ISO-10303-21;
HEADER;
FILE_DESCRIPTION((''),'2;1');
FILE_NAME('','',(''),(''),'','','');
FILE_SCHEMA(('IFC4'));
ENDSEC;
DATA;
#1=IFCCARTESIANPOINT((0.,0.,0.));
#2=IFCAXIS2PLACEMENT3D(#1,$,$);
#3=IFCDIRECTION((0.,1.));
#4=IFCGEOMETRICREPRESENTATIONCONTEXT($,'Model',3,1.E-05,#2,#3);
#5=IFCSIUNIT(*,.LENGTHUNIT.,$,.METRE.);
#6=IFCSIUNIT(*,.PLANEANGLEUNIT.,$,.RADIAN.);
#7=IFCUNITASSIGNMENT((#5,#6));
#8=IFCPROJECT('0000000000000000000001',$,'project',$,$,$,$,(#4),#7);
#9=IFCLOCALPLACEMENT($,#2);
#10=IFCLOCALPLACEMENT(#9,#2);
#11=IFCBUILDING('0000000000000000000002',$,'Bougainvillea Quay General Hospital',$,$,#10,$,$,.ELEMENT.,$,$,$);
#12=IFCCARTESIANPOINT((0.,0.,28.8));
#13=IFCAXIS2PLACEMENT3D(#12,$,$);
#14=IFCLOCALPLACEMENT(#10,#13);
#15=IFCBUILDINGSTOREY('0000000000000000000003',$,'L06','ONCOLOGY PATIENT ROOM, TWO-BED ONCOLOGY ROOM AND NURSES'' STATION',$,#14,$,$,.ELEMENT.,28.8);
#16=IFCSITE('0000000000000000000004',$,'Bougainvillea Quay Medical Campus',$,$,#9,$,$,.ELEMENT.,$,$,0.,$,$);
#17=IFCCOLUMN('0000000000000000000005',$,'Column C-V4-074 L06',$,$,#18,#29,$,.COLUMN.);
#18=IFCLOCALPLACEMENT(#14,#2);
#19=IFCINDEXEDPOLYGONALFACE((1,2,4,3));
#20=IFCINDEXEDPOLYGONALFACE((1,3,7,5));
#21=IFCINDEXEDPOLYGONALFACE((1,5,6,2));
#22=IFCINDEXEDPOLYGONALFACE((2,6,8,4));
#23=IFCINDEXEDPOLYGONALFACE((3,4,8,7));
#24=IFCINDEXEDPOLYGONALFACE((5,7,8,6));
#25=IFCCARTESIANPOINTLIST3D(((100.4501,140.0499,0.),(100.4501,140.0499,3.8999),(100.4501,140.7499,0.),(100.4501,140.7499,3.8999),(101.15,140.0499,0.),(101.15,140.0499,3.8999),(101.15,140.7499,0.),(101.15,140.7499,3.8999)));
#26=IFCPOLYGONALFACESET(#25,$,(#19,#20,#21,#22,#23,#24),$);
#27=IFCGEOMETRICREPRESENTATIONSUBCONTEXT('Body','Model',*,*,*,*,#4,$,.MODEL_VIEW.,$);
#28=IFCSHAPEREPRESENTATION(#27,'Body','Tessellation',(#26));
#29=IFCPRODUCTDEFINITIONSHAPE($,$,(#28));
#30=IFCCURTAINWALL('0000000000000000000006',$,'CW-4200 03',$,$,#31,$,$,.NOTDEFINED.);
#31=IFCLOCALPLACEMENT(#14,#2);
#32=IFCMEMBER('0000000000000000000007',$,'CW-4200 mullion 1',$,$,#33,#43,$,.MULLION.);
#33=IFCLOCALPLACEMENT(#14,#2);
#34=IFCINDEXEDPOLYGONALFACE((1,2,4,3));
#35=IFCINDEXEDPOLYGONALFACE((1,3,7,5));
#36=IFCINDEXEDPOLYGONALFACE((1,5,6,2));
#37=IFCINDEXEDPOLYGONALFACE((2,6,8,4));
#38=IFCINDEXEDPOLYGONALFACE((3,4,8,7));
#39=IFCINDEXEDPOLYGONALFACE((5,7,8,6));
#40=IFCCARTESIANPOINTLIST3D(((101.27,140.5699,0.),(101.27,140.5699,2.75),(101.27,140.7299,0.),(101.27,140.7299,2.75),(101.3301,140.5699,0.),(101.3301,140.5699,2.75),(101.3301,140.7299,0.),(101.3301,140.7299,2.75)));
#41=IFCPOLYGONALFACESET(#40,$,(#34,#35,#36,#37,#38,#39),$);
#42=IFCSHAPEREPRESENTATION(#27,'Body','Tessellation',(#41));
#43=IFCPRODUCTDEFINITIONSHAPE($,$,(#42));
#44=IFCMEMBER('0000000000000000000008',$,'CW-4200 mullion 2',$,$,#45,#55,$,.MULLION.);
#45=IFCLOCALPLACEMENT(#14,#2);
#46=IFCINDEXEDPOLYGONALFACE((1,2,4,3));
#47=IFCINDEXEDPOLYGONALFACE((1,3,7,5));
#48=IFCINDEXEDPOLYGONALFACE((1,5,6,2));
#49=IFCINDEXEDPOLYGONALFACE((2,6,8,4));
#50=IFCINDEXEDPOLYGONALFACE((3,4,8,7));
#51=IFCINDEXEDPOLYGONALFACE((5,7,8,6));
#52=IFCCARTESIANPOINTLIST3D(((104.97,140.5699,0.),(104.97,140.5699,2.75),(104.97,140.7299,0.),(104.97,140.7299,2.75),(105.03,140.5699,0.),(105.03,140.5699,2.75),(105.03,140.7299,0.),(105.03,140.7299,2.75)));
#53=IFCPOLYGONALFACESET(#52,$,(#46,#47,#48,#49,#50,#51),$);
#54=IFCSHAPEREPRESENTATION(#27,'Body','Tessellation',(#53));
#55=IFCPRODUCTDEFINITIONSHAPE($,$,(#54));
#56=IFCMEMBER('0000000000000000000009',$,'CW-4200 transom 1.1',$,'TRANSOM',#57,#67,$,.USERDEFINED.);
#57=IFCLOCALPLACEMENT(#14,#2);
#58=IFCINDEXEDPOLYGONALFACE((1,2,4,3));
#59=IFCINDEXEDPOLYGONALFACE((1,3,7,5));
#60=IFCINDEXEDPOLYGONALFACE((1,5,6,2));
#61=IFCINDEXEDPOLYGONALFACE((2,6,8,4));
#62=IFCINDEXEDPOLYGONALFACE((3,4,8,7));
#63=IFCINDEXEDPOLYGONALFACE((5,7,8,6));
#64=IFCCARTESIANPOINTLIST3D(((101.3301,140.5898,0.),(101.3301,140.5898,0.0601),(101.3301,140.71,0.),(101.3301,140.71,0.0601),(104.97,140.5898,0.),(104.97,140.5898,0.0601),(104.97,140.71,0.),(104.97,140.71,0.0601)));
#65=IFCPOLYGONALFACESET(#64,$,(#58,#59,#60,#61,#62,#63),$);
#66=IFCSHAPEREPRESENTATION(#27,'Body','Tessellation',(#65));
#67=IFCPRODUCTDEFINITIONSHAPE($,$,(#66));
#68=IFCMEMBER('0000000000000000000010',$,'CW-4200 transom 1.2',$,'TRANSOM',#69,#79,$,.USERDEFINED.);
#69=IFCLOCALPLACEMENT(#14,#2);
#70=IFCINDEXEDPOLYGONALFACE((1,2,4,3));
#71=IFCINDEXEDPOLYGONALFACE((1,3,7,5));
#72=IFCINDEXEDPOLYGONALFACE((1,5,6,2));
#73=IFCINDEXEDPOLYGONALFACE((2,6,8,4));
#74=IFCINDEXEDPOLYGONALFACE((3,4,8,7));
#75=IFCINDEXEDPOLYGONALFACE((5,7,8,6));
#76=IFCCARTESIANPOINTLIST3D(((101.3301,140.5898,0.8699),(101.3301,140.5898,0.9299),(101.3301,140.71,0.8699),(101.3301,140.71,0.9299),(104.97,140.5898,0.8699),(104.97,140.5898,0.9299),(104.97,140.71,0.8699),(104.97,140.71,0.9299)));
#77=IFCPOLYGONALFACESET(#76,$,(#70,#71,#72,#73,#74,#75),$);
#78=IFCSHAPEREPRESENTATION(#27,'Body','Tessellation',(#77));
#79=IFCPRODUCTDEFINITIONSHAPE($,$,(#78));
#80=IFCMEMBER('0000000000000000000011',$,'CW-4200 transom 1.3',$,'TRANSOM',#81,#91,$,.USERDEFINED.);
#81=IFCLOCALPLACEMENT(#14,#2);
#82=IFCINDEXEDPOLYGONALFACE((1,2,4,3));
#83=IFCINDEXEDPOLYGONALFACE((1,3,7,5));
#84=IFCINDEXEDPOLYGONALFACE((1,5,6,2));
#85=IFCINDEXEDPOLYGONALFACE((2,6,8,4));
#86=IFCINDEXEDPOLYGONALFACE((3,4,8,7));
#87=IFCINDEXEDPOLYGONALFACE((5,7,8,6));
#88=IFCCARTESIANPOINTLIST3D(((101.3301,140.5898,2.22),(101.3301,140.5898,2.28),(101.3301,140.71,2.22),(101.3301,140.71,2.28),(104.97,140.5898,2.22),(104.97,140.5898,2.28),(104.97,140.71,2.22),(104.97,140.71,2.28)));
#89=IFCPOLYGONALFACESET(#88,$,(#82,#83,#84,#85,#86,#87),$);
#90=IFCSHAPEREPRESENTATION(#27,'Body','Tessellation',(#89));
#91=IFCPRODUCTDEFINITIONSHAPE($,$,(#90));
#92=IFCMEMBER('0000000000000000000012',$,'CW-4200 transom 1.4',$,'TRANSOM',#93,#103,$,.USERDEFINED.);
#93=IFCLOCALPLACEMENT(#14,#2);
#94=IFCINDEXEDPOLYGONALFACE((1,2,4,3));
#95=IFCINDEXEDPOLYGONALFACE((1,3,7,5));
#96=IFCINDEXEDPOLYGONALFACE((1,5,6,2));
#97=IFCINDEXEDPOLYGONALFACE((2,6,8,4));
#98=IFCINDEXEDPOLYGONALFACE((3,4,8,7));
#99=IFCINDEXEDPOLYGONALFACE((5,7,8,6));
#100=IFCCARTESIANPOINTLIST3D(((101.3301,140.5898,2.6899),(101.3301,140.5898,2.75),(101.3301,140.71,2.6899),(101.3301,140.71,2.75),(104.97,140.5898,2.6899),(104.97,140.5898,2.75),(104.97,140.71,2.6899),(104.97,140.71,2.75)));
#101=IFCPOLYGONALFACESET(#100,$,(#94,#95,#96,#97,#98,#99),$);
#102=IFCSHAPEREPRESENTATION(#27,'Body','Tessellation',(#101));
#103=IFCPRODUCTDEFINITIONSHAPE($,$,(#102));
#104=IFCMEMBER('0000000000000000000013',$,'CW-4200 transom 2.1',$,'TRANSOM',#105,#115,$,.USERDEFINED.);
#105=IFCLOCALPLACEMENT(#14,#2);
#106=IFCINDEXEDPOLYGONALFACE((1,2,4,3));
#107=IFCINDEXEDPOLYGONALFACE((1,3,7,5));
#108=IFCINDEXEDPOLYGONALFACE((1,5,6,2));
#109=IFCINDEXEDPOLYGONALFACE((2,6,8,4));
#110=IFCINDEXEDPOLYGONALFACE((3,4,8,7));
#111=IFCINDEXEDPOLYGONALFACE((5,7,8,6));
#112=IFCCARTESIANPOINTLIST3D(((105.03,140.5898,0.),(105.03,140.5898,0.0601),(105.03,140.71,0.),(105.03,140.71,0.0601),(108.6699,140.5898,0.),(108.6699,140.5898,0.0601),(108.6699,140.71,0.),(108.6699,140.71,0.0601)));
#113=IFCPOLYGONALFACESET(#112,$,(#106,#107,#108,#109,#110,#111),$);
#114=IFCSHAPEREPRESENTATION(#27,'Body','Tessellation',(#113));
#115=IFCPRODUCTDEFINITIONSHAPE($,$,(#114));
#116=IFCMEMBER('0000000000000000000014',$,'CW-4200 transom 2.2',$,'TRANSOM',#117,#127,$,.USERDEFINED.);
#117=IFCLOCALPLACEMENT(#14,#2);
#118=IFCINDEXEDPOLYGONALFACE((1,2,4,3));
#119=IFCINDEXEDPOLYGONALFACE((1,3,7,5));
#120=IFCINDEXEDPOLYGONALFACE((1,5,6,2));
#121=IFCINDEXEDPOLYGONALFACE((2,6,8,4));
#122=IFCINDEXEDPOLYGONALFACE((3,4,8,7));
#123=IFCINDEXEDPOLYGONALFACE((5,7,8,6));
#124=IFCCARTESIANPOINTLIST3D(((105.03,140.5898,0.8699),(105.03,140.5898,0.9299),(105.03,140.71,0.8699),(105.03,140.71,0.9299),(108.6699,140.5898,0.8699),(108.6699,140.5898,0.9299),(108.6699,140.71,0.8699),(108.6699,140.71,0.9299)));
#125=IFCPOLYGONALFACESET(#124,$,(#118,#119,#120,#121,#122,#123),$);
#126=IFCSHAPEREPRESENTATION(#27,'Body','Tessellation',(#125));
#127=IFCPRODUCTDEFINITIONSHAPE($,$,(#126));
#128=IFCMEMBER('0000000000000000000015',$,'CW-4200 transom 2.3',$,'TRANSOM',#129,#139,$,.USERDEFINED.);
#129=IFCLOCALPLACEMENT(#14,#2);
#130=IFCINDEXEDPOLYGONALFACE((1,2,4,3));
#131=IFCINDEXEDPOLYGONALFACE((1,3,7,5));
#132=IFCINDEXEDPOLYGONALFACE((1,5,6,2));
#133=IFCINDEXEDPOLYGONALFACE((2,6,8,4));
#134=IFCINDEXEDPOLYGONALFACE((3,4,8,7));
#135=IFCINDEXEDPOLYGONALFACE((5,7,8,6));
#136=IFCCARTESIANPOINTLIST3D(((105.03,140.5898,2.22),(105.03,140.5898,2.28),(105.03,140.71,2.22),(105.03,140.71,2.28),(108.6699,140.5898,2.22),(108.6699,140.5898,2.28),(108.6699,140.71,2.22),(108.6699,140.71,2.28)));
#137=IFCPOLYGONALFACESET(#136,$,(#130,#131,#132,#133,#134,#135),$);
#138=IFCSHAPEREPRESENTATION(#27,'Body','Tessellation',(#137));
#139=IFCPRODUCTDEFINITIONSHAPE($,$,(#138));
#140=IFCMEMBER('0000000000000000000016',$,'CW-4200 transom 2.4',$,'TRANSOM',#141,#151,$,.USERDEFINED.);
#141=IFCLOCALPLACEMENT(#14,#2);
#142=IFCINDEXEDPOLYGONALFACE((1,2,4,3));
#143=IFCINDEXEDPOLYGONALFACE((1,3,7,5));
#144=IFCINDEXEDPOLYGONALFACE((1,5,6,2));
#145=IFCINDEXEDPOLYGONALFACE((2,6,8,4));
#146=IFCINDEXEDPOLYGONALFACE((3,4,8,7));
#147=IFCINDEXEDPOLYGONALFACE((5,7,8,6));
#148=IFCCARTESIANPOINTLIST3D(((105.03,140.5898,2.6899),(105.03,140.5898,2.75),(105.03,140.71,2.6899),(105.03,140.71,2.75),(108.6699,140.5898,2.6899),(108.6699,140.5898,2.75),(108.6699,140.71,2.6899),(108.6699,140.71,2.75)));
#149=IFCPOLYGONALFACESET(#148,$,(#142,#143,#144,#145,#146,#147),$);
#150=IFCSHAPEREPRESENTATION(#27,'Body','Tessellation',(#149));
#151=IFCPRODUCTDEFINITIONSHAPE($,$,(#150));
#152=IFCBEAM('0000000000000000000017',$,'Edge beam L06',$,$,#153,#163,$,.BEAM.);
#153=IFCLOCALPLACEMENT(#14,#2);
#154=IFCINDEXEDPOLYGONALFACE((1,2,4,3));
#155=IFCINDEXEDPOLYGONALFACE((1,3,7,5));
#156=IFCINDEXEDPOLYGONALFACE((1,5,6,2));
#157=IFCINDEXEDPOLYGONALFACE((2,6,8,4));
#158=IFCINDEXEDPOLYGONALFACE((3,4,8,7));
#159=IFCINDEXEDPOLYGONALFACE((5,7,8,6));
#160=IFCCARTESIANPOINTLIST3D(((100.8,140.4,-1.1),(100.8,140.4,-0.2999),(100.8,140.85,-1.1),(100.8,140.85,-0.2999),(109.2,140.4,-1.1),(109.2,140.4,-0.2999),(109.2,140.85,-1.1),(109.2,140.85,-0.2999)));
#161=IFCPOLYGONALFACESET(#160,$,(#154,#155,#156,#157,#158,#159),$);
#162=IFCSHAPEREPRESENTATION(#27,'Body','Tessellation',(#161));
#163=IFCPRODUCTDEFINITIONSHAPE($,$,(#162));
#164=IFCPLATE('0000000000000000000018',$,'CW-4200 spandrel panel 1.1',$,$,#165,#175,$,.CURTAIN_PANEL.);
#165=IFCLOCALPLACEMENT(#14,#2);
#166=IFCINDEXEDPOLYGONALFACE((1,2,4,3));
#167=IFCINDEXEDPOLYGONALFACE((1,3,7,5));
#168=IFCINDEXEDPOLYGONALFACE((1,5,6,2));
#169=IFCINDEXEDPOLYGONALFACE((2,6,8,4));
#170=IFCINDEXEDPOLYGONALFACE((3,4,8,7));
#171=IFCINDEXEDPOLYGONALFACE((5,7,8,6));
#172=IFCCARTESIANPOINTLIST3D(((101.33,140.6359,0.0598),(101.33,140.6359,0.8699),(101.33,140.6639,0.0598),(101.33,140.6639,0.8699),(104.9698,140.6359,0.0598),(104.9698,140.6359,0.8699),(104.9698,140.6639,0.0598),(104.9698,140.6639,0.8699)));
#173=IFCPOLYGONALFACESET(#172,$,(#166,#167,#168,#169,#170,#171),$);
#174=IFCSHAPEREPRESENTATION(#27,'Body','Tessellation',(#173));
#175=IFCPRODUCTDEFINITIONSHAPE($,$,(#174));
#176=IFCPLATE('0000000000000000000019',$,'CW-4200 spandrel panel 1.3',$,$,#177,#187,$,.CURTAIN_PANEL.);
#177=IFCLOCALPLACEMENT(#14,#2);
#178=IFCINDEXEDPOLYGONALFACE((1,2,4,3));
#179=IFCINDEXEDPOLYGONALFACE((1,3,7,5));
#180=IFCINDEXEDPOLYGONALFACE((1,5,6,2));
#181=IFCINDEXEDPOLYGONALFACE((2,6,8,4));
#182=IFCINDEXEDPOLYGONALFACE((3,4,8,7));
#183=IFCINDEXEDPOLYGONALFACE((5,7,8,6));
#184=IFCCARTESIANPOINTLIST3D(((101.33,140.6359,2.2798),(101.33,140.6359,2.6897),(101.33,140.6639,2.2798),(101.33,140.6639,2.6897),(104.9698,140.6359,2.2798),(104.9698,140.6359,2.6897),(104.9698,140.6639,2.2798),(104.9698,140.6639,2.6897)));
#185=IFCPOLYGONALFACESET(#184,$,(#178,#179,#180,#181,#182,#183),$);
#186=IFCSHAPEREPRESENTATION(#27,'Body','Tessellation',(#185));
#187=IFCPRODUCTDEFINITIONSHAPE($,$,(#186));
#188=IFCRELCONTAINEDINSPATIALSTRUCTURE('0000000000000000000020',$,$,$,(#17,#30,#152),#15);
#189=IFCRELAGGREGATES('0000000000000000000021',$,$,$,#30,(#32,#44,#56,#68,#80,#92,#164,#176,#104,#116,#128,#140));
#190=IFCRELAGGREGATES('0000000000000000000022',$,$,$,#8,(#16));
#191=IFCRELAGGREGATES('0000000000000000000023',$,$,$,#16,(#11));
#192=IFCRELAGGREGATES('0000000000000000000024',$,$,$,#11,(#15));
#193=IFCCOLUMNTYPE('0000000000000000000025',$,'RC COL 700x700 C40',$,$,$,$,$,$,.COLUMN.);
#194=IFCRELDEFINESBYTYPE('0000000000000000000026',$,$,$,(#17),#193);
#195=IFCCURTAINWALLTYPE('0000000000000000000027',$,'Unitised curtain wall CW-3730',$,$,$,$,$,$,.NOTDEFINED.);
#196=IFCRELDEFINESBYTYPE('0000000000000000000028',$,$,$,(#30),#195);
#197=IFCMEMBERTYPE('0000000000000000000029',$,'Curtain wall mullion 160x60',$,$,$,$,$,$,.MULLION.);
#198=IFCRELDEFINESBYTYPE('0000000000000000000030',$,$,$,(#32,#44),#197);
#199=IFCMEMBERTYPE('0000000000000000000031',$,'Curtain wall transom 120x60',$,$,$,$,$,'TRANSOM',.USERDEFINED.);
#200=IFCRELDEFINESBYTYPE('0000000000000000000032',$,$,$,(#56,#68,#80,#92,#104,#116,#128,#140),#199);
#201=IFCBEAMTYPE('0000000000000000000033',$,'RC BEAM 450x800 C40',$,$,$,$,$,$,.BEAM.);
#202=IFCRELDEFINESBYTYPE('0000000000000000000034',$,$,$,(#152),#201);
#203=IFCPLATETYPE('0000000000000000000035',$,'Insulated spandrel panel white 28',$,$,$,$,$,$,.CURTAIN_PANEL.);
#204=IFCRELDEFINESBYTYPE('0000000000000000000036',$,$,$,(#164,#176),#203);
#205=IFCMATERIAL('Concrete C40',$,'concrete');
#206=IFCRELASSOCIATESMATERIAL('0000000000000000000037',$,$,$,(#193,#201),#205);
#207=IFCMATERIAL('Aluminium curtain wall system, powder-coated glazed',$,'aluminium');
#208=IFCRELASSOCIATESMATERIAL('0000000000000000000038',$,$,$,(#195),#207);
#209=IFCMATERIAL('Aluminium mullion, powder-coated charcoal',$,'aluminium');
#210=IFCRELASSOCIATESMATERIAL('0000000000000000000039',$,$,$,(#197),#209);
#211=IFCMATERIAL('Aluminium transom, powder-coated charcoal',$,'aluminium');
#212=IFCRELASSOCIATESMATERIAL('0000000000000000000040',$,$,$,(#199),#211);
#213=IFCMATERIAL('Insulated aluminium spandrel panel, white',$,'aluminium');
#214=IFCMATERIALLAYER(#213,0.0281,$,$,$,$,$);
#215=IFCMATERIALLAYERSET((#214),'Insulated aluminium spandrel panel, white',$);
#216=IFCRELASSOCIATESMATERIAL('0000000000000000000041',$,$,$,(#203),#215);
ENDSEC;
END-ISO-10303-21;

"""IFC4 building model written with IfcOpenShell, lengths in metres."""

from ifc_helpers import new_model, si_unit, direction, frame, origin, origin_2d, place, context, subcontext, project, spatial, rectangle, extrude, material, layer, layer_set, material_profile, profile_set, type_object, element, aggregate, save


model = new_model("IFC4")

# Units and contexts
model_context = context("Model", 3, precision=1e-05, world=origin(), true_north=direction((0.0, 1.0)))
body_context = subcontext(model_context, "Body", "Model", "MODEL_VIEW")
ifc_project = project(units=[si_unit("LENGTHUNIT", "METRE"), si_unit("PLANEANGLEUNIT", "RADIAN")], contexts=[model_context])

# Site, building, storey
site_placement = place(None, origin())
site = spatial("IfcSite", under=ifc_project, at=site_placement, Name="Bougainvillea Quay Medical Campus", CompositionType="ELEMENT", RefElevation=0.0)
building_placement = place(site_placement, origin())
building = spatial("IfcBuilding", under=site, at=building_placement, Name="Bougainvillea Quay General Hospital", CompositionType="ELEMENT")
storey_placement = place(building_placement, frame((0.0, 0.0, 28.8)))
storey = spatial("IfcBuildingStorey", under=building, at=storey_placement, Name="L06", Description="ONCOLOGY PATIENT ROOM, TWO-BED ONCOLOGY ROOM AND NURSES' STATION", CompositionType="ELEMENT", Elevation=28.8)

# Column
ifc_material_1 = material(Name="Concrete C40", Category="concrete")
ifc_material_profile_1 = material_profile(ifc_material_1, rectangle(XDim=0.7, YDim=0.7, at=origin_2d()))
ifc_profile_set_1 = profile_set([ifc_material_profile_1], Name="Concrete C40")
column_type = type_object("IfcColumnType", Name="RC COL 700x700 C40", PredefinedType="COLUMN", material=ifc_profile_set_1)
column_placement = place(storey_placement, frame((100.8, 140.3999, 0.0), z_axis=(0.0, 0.0, 1.0), x_axis=(1.0, 0.0, 0.0)))
element("IfcColumn", 1, at=column_placement, inside=storey, type_object=column_type, Name="Column C-V4-074 L06", PredefinedType="COLUMN", context=body_context, shape_type="SweptSolid", body=[
    extrude(rectangle(XDim=0.7, YDim=0.7, at=origin_2d()), origin(), (0.0, 0.0, 1.0), 3.8999),
])

# Curtain wall, members
ifc_material_2 = material(Name="Aluminium curtain wall system, powder-coated glazed", Category="aluminium")
curtain_wall_type = type_object("IfcCurtainWallType", Name="Unitised curtain wall CW-3730", PredefinedType="NOTDEFINED", material=ifc_material_2)
curtain_wall_placement = place(storey_placement, origin())
curtain_wall = element("IfcCurtainWall", 2, at=curtain_wall_placement, inside=storey, type_object=curtain_wall_type, Name="CW-4200 03", PredefinedType="NOTDEFINED")
ifc_material_3 = material(Name="Aluminium mullion, powder-coated charcoal", Category="aluminium")
ifc_material_profile_2 = material_profile(ifc_material_3, rectangle(XDim=0.1599, YDim=0.0601, at=origin_2d()))
ifc_profile_set_2 = profile_set([ifc_material_profile_2], Name="Aluminium mullion, powder-coated charcoal")
member_type_1 = type_object("IfcMemberType", Name="Curtain wall mullion 160x60", PredefinedType="MULLION", material=ifc_profile_set_2)
member_1_placement = place(storey_placement, frame((101.3, 140.6499, 0.0), z_axis=(0.0, 0.0, 1.0), x_axis=(0.0, 1.0, 0.0)))
member_1 = element("IfcMember", 3, at=member_1_placement, type_object=member_type_1, Name="CW-4200 mullion 1", PredefinedType="MULLION", context=body_context, shape_type="SweptSolid", body=[
    extrude(rectangle(XDim=0.1599, YDim=0.0601, at=origin_2d()), origin(), (0.0, 0.0, 1.0), 2.75),
])
member_2_placement = place(storey_placement, frame((105.0, 140.6499, 0.0), z_axis=(0.0, 0.0, 1.0), x_axis=(0.0, 1.0, 0.0)))
member_2 = element("IfcMember", 4, at=member_2_placement, type_object=member_type_1, Name="CW-4200 mullion 2", PredefinedType="MULLION", context=body_context, shape_type="SweptSolid", body=[
    extrude(rectangle(XDim=0.1599, YDim=0.0601, at=origin_2d()), origin(), (0.0, 0.0, 1.0), 2.75),
])
ifc_material_4 = material(Name="Aluminium transom, powder-coated charcoal", Category="aluminium")
ifc_material_profile_3 = material_profile(ifc_material_4, rectangle(XDim=0.1201, YDim=0.0601, at=origin_2d()))
ifc_profile_set_3 = profile_set([ifc_material_profile_3], Name="Aluminium transom, powder-coated charcoal")
member_type_2 = type_object("IfcMemberType", Name="Curtain wall transom 120x60", ElementType="TRANSOM", PredefinedType="USERDEFINED", material=ifc_profile_set_3)
member_3_placement = place(storey_placement, frame((101.3301, 140.6499, 0.03), z_axis=(1.0, 0.0, 0.0), x_axis=(0.0, 1.0, 0.0)))
member_3 = element("IfcMember", 5, at=member_3_placement, type_object=member_type_2, Name="CW-4200 transom 1.1", ObjectType="TRANSOM", PredefinedType="USERDEFINED", context=body_context, shape_type="SweptSolid", body=[
    extrude(rectangle(XDim=0.1201, YDim=0.0601, at=origin_2d()), origin(), (0.0, 0.0, 1.0), 3.6399),
])
member_4_placement = place(storey_placement, frame((101.3301, 140.6499, 0.8999), z_axis=(1.0, 0.0, 0.0), x_axis=(0.0, 1.0, 0.0)))
member_4 = element("IfcMember", 6, at=member_4_placement, type_object=member_type_2, Name="CW-4200 transom 1.2", ObjectType="TRANSOM", PredefinedType="USERDEFINED", context=body_context, shape_type="SweptSolid", body=[
    extrude(rectangle(XDim=0.1201, YDim=0.0601, at=origin_2d()), origin(), (0.0, 0.0, 1.0), 3.6399),
])
member_5_placement = place(storey_placement, frame((101.3301, 140.6499, 2.25), z_axis=(1.0, 0.0, 0.0), x_axis=(0.0, 1.0, 0.0)))
member_5 = element("IfcMember", 7, at=member_5_placement, type_object=member_type_2, Name="CW-4200 transom 1.3", ObjectType="TRANSOM", PredefinedType="USERDEFINED", context=body_context, shape_type="SweptSolid", body=[
    extrude(rectangle(XDim=0.1201, YDim=0.0601, at=origin_2d()), origin(), (0.0, 0.0, 1.0), 3.6399),
])
member_6_placement = place(storey_placement, frame((101.3301, 140.6499, 2.72), z_axis=(1.0, 0.0, 0.0), x_axis=(0.0, 1.0, 0.0)))
member_6 = element("IfcMember", 8, at=member_6_placement, type_object=member_type_2, Name="CW-4200 transom 1.4", ObjectType="TRANSOM", PredefinedType="USERDEFINED", context=body_context, shape_type="SweptSolid", body=[
    extrude(rectangle(XDim=0.1201, YDim=0.0601, at=origin_2d()), origin(), (0.0, 0.0, 1.0), 3.6399),
])
member_7_placement = place(storey_placement, frame((105.03, 140.6499, 0.03), z_axis=(1.0, 0.0, 0.0), x_axis=(0.0, 1.0, 0.0)))
member_7 = element("IfcMember", 9, at=member_7_placement, type_object=member_type_2, Name="CW-4200 transom 2.1", ObjectType="TRANSOM", PredefinedType="USERDEFINED", context=body_context, shape_type="SweptSolid", body=[
    extrude(rectangle(XDim=0.1201, YDim=0.0601, at=origin_2d()), origin(), (0.0, 0.0, 1.0), 3.6399),
])
member_8_placement = place(storey_placement, frame((105.03, 140.6499, 0.8999), z_axis=(1.0, 0.0, 0.0), x_axis=(0.0, 1.0, 0.0)))
member_8 = element("IfcMember", 10, at=member_8_placement, type_object=member_type_2, Name="CW-4200 transom 2.2", ObjectType="TRANSOM", PredefinedType="USERDEFINED", context=body_context, shape_type="SweptSolid", body=[
    extrude(rectangle(XDim=0.1201, YDim=0.0601, at=origin_2d()), origin(), (0.0, 0.0, 1.0), 3.6399),
])
member_9_placement = place(storey_placement, frame((105.03, 140.6499, 2.25), z_axis=(1.0, 0.0, 0.0), x_axis=(0.0, 1.0, 0.0)))
member_9 = element("IfcMember", 11, at=member_9_placement, type_object=member_type_2, Name="CW-4200 transom 2.3", ObjectType="TRANSOM", PredefinedType="USERDEFINED", context=body_context, shape_type="SweptSolid", body=[
    extrude(rectangle(XDim=0.1201, YDim=0.0601, at=origin_2d()), origin(), (0.0, 0.0, 1.0), 3.6399),
])
member_10_placement = place(storey_placement, frame((105.03, 140.6499, 2.72), z_axis=(1.0, 0.0, 0.0), x_axis=(0.0, 1.0, 0.0)))
member_10 = element("IfcMember", 12, at=member_10_placement, type_object=member_type_2, Name="CW-4200 transom 2.4", ObjectType="TRANSOM", PredefinedType="USERDEFINED", context=body_context, shape_type="SweptSolid", body=[
    extrude(rectangle(XDim=0.1201, YDim=0.0601, at=origin_2d()), origin(), (0.0, 0.0, 1.0), 3.6399),
])

# Beam
ifc_material_profile_4 = material_profile(ifc_material_1, rectangle(XDim=0.45, YDim=0.8, at=origin_2d()))
ifc_profile_set_4 = profile_set([ifc_material_profile_4], Name="Concrete C40")
beam_type = type_object("IfcBeamType", Name="RC BEAM 450x800 C40", PredefinedType="BEAM", material=ifc_profile_set_4)
beam_placement = place(storey_placement, frame((100.8, 140.625, -0.7), z_axis=(1.0, 0.0, 0.0), x_axis=(0.0, 1.0, 0.0)))
element("IfcBeam", 13, at=beam_placement, inside=storey, type_object=beam_type, Name="Edge beam L06", PredefinedType="BEAM", context=body_context, shape_type="SweptSolid", body=[
    extrude(rectangle(XDim=0.45, YDim=0.8, at=origin_2d()), origin(), (0.0, 0.0, 1.0), 8.3999),
])

# Plates
ifc_material_5 = material(Name="Insulated aluminium spandrel panel, white", Category="aluminium")
ifc_layer_1 = layer(ifc_material_5, 0.0281)
ifc_layer_set_1 = layer_set([ifc_layer_1], Name="Insulated aluminium spandrel panel, white")
plate_type_1 = type_object("IfcPlateType", Name="Insulated spandrel panel white 28", PredefinedType="CURTAIN_PANEL", material=ifc_layer_set_1)
plate_1_placement = place(storey_placement, frame((103.1499, 140.6499, 0.0598), z_axis=(0.0, 0.0, 1.0), x_axis=(1.0, 0.0, 0.0)))
plate_1 = element("IfcPlate", 14, at=plate_1_placement, type_object=plate_type_1, Name="CW-4200 spandrel panel 1.1", PredefinedType="CURTAIN_PANEL", context=body_context, shape_type="SweptSolid", body=[
    extrude(rectangle(XDim=3.6399, YDim=0.0281, at=origin_2d()), origin(), (0.0, 0.0, 1.0), 0.8101),
])
plate_2_placement = place(storey_placement, frame((103.1499, 140.6499, 2.2798), z_axis=(0.0, 0.0, 1.0), x_axis=(1.0, 0.0, 0.0)))
plate_2 = element("IfcPlate", 15, at=plate_2_placement, type_object=plate_type_1, Name="CW-4200 spandrel panel 1.3", PredefinedType="CURTAIN_PANEL", context=body_context, shape_type="SweptSolid", body=[
    extrude(rectangle(XDim=3.6399, YDim=0.0281, at=origin_2d()), origin(), (0.0, 0.0, 1.0), 0.4099),
])
aggregate(curtain_wall, [member_1, member_2, member_3, member_4, member_5, member_6, plate_1, plate_2, member_7, member_8, member_9, member_10])

save(model, "model.ifc")
